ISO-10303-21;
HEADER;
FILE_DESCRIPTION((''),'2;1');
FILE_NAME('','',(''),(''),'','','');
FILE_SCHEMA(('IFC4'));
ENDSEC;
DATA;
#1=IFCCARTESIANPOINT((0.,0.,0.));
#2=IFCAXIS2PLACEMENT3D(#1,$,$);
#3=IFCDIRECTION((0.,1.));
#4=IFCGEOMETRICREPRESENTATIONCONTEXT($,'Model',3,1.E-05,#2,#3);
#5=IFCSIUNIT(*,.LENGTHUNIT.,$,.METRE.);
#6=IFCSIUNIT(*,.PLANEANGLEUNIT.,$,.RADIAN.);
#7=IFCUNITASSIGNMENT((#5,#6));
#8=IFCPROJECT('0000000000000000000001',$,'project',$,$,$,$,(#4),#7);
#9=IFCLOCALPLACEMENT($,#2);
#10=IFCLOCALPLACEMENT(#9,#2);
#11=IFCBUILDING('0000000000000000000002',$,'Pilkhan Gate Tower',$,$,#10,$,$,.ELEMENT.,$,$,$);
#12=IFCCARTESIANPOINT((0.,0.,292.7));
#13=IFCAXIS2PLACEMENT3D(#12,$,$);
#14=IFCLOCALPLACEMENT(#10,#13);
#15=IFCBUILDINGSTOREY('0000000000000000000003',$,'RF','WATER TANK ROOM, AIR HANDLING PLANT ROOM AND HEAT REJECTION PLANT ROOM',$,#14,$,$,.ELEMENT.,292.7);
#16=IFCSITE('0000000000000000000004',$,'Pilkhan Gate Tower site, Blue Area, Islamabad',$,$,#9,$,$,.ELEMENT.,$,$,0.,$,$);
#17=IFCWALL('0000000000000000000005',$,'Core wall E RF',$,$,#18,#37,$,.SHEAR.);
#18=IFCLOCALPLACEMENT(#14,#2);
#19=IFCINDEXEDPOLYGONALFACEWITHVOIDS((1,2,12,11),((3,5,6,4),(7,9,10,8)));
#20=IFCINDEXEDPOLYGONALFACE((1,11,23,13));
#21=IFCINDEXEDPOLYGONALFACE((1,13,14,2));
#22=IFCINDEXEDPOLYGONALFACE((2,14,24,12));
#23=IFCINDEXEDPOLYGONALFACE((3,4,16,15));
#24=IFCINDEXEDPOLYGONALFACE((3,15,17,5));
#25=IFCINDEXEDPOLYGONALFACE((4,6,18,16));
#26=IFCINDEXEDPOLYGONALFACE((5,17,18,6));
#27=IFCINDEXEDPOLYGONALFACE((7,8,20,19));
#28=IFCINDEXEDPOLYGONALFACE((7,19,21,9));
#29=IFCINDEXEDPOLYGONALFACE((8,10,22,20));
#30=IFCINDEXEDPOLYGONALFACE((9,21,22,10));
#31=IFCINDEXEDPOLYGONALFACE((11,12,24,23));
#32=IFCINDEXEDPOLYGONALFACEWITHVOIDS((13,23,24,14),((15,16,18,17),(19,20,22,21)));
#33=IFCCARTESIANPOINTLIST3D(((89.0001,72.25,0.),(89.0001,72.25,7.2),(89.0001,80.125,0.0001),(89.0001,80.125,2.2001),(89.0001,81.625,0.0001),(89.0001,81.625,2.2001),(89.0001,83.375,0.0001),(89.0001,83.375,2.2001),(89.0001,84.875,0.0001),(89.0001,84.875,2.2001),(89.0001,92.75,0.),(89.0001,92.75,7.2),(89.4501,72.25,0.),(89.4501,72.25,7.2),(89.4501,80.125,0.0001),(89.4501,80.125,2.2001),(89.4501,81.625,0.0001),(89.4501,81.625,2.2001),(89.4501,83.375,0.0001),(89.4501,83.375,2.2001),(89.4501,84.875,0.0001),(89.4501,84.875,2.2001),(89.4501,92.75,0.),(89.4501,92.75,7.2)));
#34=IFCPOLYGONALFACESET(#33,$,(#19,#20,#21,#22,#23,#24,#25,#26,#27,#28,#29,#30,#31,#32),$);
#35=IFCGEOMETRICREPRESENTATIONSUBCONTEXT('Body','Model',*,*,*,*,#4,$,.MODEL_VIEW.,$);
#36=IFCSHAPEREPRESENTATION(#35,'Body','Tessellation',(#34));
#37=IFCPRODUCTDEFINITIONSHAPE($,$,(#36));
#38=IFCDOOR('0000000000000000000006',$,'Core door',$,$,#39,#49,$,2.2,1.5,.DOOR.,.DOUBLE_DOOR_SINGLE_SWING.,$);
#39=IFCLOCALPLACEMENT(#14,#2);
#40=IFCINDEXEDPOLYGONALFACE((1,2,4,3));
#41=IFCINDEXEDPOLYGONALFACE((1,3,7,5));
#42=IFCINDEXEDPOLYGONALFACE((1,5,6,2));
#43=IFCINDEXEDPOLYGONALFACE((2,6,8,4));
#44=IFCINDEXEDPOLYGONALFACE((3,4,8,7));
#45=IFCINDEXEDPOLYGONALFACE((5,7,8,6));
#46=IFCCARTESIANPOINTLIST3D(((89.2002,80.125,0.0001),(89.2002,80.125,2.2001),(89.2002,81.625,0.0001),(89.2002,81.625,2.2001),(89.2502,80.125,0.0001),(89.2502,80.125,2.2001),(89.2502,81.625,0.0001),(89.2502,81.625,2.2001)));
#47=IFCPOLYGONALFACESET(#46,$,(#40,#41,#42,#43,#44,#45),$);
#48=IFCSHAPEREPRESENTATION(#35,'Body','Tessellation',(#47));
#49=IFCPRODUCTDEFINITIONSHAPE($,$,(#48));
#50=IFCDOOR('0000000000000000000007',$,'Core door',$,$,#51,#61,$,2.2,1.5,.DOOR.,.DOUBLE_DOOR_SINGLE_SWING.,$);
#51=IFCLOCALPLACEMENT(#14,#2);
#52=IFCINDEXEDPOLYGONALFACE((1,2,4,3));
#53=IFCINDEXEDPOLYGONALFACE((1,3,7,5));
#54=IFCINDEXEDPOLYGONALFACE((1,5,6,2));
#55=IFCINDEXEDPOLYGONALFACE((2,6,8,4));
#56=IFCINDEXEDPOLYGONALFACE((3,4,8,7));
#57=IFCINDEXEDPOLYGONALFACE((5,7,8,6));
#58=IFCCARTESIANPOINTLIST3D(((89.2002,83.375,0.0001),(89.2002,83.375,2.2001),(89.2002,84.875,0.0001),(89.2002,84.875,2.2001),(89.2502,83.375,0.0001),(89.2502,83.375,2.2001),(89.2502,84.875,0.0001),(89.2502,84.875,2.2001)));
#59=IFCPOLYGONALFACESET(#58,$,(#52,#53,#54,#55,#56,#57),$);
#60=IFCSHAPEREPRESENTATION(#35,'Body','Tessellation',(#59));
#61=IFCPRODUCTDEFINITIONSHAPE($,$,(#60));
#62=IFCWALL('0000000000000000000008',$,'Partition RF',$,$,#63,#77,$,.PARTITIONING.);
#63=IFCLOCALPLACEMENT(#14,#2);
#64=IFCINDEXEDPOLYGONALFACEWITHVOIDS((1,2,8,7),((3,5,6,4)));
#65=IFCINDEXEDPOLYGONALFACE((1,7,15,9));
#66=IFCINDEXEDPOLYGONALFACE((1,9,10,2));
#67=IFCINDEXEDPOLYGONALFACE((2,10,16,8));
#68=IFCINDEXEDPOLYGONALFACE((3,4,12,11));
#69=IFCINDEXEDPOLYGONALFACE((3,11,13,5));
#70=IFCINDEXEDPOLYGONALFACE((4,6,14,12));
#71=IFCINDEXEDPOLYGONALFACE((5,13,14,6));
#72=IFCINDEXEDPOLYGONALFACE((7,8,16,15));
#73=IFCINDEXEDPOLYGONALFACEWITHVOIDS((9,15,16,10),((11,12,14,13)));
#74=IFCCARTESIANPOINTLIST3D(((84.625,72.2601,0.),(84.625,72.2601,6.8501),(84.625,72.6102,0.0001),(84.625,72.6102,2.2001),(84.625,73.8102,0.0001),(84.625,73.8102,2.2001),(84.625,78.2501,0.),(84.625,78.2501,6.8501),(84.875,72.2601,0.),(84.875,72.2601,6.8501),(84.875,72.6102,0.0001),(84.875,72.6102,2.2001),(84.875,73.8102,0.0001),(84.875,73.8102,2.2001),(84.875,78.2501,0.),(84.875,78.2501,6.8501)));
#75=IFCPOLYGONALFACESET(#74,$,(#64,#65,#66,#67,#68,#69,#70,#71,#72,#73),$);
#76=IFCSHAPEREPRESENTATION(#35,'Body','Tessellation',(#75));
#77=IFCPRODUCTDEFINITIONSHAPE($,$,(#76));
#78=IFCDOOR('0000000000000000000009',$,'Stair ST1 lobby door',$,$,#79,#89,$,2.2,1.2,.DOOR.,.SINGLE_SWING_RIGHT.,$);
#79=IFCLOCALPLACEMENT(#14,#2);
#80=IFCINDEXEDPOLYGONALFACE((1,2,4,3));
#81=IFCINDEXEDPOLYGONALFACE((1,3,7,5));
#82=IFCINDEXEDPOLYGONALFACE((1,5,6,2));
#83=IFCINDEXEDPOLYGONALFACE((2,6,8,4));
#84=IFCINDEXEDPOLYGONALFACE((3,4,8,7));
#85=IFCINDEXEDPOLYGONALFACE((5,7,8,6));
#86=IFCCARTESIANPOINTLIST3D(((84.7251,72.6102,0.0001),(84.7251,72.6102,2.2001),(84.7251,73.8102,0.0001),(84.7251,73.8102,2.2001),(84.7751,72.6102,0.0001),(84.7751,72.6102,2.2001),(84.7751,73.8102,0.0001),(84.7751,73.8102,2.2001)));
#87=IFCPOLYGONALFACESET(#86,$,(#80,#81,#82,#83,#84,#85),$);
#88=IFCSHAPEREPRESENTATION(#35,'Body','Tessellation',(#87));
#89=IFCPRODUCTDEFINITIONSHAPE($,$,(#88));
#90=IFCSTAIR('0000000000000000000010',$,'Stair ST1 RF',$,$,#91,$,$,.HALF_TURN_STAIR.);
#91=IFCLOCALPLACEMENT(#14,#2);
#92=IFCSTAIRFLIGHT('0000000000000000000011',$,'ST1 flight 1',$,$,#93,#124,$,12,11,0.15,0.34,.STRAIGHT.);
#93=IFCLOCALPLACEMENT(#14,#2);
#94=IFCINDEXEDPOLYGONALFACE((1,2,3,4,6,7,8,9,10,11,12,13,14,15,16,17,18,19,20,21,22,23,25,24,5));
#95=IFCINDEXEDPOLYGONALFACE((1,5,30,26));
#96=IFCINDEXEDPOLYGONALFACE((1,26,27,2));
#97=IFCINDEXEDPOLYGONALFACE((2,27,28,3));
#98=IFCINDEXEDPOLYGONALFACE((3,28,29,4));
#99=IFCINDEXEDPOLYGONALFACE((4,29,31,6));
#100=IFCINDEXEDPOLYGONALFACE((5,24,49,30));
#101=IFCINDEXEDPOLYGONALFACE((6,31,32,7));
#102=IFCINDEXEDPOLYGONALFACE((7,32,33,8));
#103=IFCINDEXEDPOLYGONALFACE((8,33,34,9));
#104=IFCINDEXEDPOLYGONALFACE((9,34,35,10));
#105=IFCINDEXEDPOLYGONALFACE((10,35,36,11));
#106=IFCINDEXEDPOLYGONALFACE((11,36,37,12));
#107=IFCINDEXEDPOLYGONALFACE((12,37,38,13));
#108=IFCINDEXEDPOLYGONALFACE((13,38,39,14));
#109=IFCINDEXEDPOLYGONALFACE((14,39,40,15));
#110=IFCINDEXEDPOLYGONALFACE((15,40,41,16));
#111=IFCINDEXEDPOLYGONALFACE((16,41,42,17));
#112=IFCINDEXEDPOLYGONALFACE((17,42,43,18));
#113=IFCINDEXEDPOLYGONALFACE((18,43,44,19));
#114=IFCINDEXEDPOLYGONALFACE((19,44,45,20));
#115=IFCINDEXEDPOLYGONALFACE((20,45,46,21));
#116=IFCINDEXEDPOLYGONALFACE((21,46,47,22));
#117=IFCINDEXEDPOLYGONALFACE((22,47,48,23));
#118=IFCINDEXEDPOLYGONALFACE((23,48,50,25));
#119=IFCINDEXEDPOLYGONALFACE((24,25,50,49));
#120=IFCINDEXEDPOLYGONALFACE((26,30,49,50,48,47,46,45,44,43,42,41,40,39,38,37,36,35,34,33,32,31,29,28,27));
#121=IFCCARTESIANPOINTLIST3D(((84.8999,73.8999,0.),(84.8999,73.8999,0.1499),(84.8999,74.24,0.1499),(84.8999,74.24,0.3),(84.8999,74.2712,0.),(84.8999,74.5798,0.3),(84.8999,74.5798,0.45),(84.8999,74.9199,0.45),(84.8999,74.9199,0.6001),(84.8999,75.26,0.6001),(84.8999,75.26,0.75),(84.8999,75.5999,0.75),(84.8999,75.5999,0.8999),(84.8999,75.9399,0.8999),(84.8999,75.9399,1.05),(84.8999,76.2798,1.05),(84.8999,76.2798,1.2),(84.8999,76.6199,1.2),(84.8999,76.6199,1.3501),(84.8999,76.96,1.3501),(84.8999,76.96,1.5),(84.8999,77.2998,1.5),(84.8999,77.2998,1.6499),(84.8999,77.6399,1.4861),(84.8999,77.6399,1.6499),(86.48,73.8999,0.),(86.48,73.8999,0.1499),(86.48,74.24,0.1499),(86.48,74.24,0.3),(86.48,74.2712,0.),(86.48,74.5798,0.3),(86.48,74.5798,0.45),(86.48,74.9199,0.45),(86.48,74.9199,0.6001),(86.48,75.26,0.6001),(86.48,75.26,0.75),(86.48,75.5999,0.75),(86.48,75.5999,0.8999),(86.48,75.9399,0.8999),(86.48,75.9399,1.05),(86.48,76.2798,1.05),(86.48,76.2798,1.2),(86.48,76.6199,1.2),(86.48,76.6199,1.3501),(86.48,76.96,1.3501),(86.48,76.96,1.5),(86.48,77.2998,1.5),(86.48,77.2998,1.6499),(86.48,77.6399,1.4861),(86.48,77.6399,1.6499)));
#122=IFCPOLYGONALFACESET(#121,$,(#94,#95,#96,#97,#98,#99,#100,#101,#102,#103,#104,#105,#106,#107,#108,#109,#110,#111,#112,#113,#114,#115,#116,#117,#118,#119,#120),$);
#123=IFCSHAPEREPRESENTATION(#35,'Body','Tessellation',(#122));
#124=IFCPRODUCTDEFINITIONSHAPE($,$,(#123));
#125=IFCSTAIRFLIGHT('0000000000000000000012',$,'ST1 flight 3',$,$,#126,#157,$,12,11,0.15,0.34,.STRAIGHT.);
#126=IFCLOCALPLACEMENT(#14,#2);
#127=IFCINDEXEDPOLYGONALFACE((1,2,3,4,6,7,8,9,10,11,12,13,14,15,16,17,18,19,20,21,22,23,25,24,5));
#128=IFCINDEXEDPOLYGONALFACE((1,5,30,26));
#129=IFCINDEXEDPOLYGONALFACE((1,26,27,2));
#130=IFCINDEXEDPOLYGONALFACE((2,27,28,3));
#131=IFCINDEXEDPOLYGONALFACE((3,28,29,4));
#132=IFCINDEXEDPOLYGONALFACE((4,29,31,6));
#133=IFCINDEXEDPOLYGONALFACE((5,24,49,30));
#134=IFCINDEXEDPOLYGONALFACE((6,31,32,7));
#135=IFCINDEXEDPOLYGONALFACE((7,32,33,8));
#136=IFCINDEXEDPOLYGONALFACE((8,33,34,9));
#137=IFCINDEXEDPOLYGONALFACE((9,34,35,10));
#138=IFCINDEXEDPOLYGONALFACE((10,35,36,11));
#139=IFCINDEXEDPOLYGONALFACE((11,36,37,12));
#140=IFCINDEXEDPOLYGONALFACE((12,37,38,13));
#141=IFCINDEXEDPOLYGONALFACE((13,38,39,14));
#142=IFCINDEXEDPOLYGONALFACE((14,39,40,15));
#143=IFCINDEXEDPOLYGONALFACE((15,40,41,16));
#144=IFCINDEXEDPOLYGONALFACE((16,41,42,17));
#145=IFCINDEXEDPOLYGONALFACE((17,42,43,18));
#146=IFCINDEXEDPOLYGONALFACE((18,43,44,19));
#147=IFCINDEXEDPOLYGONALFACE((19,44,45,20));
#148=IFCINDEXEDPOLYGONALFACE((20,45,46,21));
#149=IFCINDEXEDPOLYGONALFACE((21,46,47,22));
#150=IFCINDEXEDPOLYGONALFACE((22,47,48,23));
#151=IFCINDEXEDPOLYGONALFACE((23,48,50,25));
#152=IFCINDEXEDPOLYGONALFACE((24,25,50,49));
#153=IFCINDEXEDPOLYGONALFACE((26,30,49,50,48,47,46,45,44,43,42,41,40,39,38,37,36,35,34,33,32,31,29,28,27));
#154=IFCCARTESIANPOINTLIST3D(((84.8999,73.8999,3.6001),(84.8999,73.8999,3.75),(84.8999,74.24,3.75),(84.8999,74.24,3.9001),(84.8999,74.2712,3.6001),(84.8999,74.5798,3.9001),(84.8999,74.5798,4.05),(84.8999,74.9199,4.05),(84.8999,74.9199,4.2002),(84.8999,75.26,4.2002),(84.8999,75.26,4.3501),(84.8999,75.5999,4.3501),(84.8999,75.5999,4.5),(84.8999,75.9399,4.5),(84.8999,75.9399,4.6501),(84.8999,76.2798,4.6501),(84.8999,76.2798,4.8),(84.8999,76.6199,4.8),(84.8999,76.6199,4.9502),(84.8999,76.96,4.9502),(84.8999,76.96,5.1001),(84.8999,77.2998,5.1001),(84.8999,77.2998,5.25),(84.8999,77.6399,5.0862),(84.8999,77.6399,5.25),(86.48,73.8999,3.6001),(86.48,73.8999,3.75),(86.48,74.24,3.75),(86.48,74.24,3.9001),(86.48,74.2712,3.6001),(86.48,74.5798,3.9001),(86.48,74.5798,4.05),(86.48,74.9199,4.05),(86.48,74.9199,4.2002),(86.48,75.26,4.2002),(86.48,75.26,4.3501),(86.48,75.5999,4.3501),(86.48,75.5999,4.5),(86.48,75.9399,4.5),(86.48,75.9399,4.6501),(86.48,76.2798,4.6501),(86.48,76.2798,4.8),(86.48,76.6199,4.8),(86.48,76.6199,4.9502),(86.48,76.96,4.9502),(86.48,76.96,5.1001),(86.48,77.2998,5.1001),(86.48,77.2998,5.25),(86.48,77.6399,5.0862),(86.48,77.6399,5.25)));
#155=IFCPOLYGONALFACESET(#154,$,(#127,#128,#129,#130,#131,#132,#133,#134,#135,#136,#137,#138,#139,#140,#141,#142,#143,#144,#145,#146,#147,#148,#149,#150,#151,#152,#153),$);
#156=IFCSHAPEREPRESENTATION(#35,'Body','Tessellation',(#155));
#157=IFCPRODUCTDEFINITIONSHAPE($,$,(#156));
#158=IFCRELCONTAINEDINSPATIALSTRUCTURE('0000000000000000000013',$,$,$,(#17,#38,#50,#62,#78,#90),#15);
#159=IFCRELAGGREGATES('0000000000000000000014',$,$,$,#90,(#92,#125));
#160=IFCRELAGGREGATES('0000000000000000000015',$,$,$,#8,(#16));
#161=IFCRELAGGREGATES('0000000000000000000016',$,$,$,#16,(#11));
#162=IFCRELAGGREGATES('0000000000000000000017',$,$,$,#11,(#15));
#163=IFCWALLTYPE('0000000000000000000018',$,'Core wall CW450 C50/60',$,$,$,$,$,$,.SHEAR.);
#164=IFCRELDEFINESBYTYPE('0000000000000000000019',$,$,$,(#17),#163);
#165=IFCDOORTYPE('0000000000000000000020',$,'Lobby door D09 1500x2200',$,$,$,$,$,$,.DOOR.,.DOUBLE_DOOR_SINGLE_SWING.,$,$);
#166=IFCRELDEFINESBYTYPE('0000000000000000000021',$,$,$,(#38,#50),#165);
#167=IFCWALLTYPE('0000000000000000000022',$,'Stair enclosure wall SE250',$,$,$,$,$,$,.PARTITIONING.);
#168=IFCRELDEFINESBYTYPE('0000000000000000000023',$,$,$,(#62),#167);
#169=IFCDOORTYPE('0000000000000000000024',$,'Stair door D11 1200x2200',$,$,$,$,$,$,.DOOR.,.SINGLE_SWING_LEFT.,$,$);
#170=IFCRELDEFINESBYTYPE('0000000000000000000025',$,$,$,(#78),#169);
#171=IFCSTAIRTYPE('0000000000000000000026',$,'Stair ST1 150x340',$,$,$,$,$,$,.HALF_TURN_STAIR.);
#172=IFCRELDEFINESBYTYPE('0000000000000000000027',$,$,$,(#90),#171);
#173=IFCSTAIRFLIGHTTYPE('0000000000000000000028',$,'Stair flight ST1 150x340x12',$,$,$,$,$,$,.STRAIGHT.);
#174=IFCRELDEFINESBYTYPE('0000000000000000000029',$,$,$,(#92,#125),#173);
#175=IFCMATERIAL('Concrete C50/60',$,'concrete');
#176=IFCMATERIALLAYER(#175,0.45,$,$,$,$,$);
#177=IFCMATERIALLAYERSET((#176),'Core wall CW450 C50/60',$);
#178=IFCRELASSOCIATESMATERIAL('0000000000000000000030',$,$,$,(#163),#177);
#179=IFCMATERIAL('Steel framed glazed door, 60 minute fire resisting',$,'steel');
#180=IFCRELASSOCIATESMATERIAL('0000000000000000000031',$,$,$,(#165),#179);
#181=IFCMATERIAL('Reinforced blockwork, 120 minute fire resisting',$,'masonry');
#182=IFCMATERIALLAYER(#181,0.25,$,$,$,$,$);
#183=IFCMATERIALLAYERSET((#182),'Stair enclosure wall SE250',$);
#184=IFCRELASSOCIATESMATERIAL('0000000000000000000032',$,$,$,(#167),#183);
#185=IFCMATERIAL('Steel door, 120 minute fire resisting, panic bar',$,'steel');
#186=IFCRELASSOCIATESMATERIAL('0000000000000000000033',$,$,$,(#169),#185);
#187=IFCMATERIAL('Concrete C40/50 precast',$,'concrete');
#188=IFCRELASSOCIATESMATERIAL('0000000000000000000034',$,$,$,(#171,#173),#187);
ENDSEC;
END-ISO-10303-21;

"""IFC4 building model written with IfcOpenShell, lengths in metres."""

from ifc_helpers import new_model, si_unit, direction, frame, frame_2d, origin, place, context, subcontext, project, spatial, polyline, rectangle, outline, extrude, material, layer, layer_set, type_object, element, fill, aggregate, save


model = new_model("IFC4")

# Units and contexts
model_context = context("Model", 3, precision=1e-05, world=origin(), true_north=direction((0.0, 1.0)))
body_context = subcontext(model_context, "Body", "Model", "MODEL_VIEW")
ifc_project = project(units=[si_unit("LENGTHUNIT", "METRE"), si_unit("PLANEANGLEUNIT", "RADIAN")], contexts=[model_context])

# Site, building, storey
site_placement = place(None, origin())
site = spatial("IfcSite", under=ifc_project, at=site_placement, Name="Pilkhan Gate Tower site, Blue Area, Islamabad", CompositionType="ELEMENT", RefElevation=0.0)
building_placement = place(site_placement, origin())
building = spatial("IfcBuilding", under=site, at=building_placement, Name="Pilkhan Gate Tower", CompositionType="ELEMENT")
storey_placement = place(building_placement, frame((0.0, 0.0, 292.7)))
storey = spatial("IfcBuildingStorey", under=building, at=storey_placement, Name="RF", Description="WATER TANK ROOM, AIR HANDLING PLANT ROOM AND HEAT REJECTION PLANT ROOM", CompositionType="ELEMENT", Elevation=292.7)

# Wall, openings, doors
ifc_material_1 = material(Name="Concrete C50/60", Category="concrete")
ifc_layer_1 = layer(ifc_material_1, 0.45)
ifc_layer_set_1 = layer_set([ifc_layer_1], Name="Core wall CW450 C50/60")
wall_type_1 = type_object("IfcWallType", Name="Core wall CW450 C50/60", PredefinedType="SHEAR", material=ifc_layer_set_1)
wall_1_placement = place(storey_placement, frame((89.2251, 72.25, 0.0), z_axis=(0.0, 0.0, 1.0), x_axis=(0.0, 1.0, 0.0)))
wall_1 = element("IfcWall", 1, at=wall_1_placement, inside=storey, type_object=wall_type_1, Name="Core wall E RF", PredefinedType="SHEAR", context=body_context, shape_type="SweptSolid", body=[
    extrude(rectangle(XDim=20.5, YDim=0.45, at=frame_2d((10.25, 0.0))), origin(), (0.0, 0.0, 1.0), 7.2),
])
opening_1_placement = place(wall_1_placement, frame((7.875, 0.0, 0.0)))
opening_1 = element("IfcOpeningElement", 2, at=opening_1_placement, cuts=wall_1, PredefinedType="OPENING", context=body_context, shape_type="SweptSolid", body=[
    extrude(rectangle(XDim=1.5, YDim=2.2, at=frame_2d((0.75, 1.1001))), frame((0.0, 0.2349, 0.0), z_axis=(0.0, -1.0, 0.0), x_axis=(1.0, 0.0, 0.0)), (0.0, 0.0, 1.0), 0.47),
])
opening_2_placement = place(wall_1_placement, frame((11.125, 0.0, 0.0)))
opening_2 = element("IfcOpeningElement", 3, at=opening_2_placement, cuts=wall_1, PredefinedType="OPENING", context=body_context, shape_type="SweptSolid", body=[
    extrude(rectangle(XDim=1.5, YDim=2.2, at=frame_2d((0.75, 1.1001))), frame((0.0, 0.2349, 0.0), z_axis=(0.0, -1.0, 0.0), x_axis=(1.0, 0.0, 0.0)), (0.0, 0.0, 1.0), 0.47),
])
ifc_material_2 = material(Name="Steel framed glazed door, 60 minute fire resisting", Category="steel")
door_type_1 = type_object("IfcDoorType", Name="Lobby door D09 1500x2200", OperationType="DOUBLE_DOOR_SINGLE_SWING", PredefinedType="DOOR", material=ifc_material_2)
door_1_placement = place(opening_1_placement, origin())
door_1 = element("IfcDoor", 4, at=door_1_placement, inside=storey, type_object=door_type_1, Name="Core door", OperationType="DOUBLE_DOOR_SINGLE_SWING", OverallHeight=2.2, OverallWidth=1.5, PredefinedType="DOOR", context=body_context, shape_type="SweptSolid", body=[
    extrude(rectangle(XDim=1.5, YDim=2.2, at=frame_2d((0.75, 1.1001))), frame((0.0, 0.0249, 0.0), z_axis=(0.0, -1.0, 0.0), x_axis=(1.0, 0.0, 0.0)), (0.0, 0.0, 1.0), 0.05),
])
fill(opening_1, door_1)
door_2_placement = place(opening_2_placement, origin())
door_2 = element("IfcDoor", 5, at=door_2_placement, inside=storey, type_object=door_type_1, Name="Core door", OperationType="DOUBLE_DOOR_SINGLE_SWING", OverallHeight=2.2, OverallWidth=1.5, PredefinedType="DOOR", context=body_context, shape_type="SweptSolid", body=[
    extrude(rectangle(XDim=1.5, YDim=2.2, at=frame_2d((0.75, 1.1001))), frame((0.0, 0.0249, 0.0), z_axis=(0.0, -1.0, 0.0), x_axis=(1.0, 0.0, 0.0)), (0.0, 0.0, 1.0), 0.05),
])
fill(opening_2, door_2)

# Wall, opening, door
ifc_material_3 = material(Name="Reinforced blockwork, 120 minute fire resisting", Category="masonry")
ifc_layer_2 = layer(ifc_material_3, 0.25)
ifc_layer_set_2 = layer_set([ifc_layer_2], Name="Stair enclosure wall SE250")
wall_type_2 = type_object("IfcWallType", Name="Stair enclosure wall SE250", PredefinedType="PARTITIONING", material=ifc_layer_set_2)
wall_2_placement = place(storey_placement, frame((84.75, 72.26, 0.0), z_axis=(0.0, 0.0, 1.0), x_axis=(0.0, 1.0, 0.0)))
wall_2 = element("IfcWall", 6, at=wall_2_placement, inside=storey, type_object=wall_type_2, Name="Partition RF", PredefinedType="PARTITIONING", context=body_context, shape_type="SweptSolid", body=[
    extrude(rectangle(XDim=5.99, YDim=0.25, at=frame_2d((2.9951, 0.0))), origin(), (0.0, 0.0, 1.0), 6.8501),
])
opening_3_placement = place(wall_2_placement, frame((0.3501, 0.0, 0.0)))
opening_3 = element("IfcOpeningElement", 7, at=opening_3_placement, cuts=wall_2, PredefinedType="OPENING", context=body_context, shape_type="SweptSolid", body=[
    extrude(rectangle(XDim=1.2, YDim=2.2, at=frame_2d((0.6001, 1.1001))), frame((0.0, 0.135, 0.0), z_axis=(0.0, -1.0, 0.0), x_axis=(1.0, 0.0, 0.0)), (0.0, 0.0, 1.0), 0.27),
])
ifc_material_4 = material(Name="Steel door, 120 minute fire resisting, panic bar", Category="steel")
door_type_2 = type_object("IfcDoorType", Name="Stair door D11 1200x2200", OperationType="SINGLE_SWING_LEFT", PredefinedType="DOOR", material=ifc_material_4)
door_3_placement = place(opening_3_placement, origin())
door_3 = element("IfcDoor", 8, at=door_3_placement, inside=storey, type_object=door_type_2, Name="Stair ST1 lobby door", OperationType="SINGLE_SWING_RIGHT", OverallHeight=2.2, OverallWidth=1.2, PredefinedType="DOOR", context=body_context, shape_type="SweptSolid", body=[
    extrude(rectangle(XDim=1.2, YDim=2.2, at=frame_2d((0.6001, 1.1001))), frame((0.0, 0.0249, 0.0), z_axis=(0.0, -1.0, 0.0), x_axis=(1.0, 0.0, 0.0)), (0.0, 0.0, 1.0), 0.05),
])
fill(opening_3, door_3)

# Stair, stair flights
ifc_material_5 = material(Name="Concrete C40/50 precast", Category="concrete")
stair_type = type_object("IfcStairType", Name="Stair ST1 150x340", PredefinedType="HALF_TURN_STAIR", material=ifc_material_5)
stair_placement = place(storey_placement, origin())
stair = element("IfcStair", 9, at=stair_placement, inside=storey, type_object=stair_type, Name="Stair ST1 RF", PredefinedType="HALF_TURN_STAIR")
stair_flight_type = type_object("IfcStairFlightType", Name="Stair flight ST1 150x340x12", PredefinedType="STRAIGHT", material=ifc_material_5)
stair_flight_1_placement = place(storey_placement, frame((85.6899, 73.8999, 0.0), z_axis=(0.0, 0.0, 1.0), x_axis=(0.0, 1.0, 0.0)))
stair_flight_1 = element("IfcStairFlight", 10, at=stair_flight_1_placement, type_object=stair_flight_type, Name="ST1 flight 1", NumberOfRisers=12, NumberOfTreads=11, PredefinedType="STRAIGHT", RiserHeight=0.15, TreadLength=0.34, context=body_context, shape_type="SweptSolid", body=[
    extrude(outline(polyline([(0.0, 0.0), (0.0, 0.1499), (0.3401, 0.1499), (0.3401, 0.3), (0.6799, 0.3), (0.6799, 0.45), (1.02, 0.45), (1.02, 0.6001), (1.3601, 0.6001), (1.3601, 0.75), (1.7, 0.75), (1.7, 0.8999), (2.04, 0.8999), (2.04, 1.05), (2.3799, 1.05), (2.3799, 1.2), (2.72, 1.2), (2.72, 1.3501), (3.0601, 1.3501), (3.0601, 1.5), (3.3999, 1.5), (3.3999, 1.6499), (3.74, 1.6499), (3.74, 1.8), (3.74, 1.4861), (0.3713, 0.0), (0.0, 0.0)])), frame((0.0, 0.79, 0.0), z_axis=(0.0, -1.0, 0.0), x_axis=(1.0, 0.0, 0.0)), (0.0, 0.0, 1.0), 1.5801),
])
stair_flight_2_placement = place(storey_placement, frame((85.6899, 73.8999, 3.6001), z_axis=(0.0, 0.0, 1.0), x_axis=(0.0, 1.0, 0.0)))
stair_flight_2 = element("IfcStairFlight", 11, at=stair_flight_2_placement, type_object=stair_flight_type, Name="ST1 flight 3", NumberOfRisers=12, NumberOfTreads=11, PredefinedType="STRAIGHT", RiserHeight=0.15, TreadLength=0.34, context=body_context, shape_type="SweptSolid", body=[
    extrude(outline(polyline([(0.0, 0.0), (0.0, 0.1499), (0.3401, 0.1499), (0.3401, 0.3), (0.6799, 0.3), (0.6799, 0.45), (1.02, 0.45), (1.02, 0.6001), (1.3601, 0.6001), (1.3601, 0.75), (1.7, 0.75), (1.7, 0.8999), (2.04, 0.8999), (2.04, 1.05), (2.3799, 1.05), (2.3799, 1.2), (2.72, 1.2), (2.72, 1.3501), (3.0601, 1.3501), (3.0601, 1.5), (3.3999, 1.5), (3.3999, 1.6499), (3.74, 1.6499), (3.74, 1.8), (3.74, 1.4861), (0.3713, 0.0), (0.0, 0.0)])), frame((0.0, 0.79, 0.0), z_axis=(0.0, -1.0, 0.0), x_axis=(1.0, 0.0, 0.0)), (0.0, 0.0, 1.0), 1.5801),
])
aggregate(stair, [stair_flight_1, stair_flight_2])

save(model, "model.ifc")
